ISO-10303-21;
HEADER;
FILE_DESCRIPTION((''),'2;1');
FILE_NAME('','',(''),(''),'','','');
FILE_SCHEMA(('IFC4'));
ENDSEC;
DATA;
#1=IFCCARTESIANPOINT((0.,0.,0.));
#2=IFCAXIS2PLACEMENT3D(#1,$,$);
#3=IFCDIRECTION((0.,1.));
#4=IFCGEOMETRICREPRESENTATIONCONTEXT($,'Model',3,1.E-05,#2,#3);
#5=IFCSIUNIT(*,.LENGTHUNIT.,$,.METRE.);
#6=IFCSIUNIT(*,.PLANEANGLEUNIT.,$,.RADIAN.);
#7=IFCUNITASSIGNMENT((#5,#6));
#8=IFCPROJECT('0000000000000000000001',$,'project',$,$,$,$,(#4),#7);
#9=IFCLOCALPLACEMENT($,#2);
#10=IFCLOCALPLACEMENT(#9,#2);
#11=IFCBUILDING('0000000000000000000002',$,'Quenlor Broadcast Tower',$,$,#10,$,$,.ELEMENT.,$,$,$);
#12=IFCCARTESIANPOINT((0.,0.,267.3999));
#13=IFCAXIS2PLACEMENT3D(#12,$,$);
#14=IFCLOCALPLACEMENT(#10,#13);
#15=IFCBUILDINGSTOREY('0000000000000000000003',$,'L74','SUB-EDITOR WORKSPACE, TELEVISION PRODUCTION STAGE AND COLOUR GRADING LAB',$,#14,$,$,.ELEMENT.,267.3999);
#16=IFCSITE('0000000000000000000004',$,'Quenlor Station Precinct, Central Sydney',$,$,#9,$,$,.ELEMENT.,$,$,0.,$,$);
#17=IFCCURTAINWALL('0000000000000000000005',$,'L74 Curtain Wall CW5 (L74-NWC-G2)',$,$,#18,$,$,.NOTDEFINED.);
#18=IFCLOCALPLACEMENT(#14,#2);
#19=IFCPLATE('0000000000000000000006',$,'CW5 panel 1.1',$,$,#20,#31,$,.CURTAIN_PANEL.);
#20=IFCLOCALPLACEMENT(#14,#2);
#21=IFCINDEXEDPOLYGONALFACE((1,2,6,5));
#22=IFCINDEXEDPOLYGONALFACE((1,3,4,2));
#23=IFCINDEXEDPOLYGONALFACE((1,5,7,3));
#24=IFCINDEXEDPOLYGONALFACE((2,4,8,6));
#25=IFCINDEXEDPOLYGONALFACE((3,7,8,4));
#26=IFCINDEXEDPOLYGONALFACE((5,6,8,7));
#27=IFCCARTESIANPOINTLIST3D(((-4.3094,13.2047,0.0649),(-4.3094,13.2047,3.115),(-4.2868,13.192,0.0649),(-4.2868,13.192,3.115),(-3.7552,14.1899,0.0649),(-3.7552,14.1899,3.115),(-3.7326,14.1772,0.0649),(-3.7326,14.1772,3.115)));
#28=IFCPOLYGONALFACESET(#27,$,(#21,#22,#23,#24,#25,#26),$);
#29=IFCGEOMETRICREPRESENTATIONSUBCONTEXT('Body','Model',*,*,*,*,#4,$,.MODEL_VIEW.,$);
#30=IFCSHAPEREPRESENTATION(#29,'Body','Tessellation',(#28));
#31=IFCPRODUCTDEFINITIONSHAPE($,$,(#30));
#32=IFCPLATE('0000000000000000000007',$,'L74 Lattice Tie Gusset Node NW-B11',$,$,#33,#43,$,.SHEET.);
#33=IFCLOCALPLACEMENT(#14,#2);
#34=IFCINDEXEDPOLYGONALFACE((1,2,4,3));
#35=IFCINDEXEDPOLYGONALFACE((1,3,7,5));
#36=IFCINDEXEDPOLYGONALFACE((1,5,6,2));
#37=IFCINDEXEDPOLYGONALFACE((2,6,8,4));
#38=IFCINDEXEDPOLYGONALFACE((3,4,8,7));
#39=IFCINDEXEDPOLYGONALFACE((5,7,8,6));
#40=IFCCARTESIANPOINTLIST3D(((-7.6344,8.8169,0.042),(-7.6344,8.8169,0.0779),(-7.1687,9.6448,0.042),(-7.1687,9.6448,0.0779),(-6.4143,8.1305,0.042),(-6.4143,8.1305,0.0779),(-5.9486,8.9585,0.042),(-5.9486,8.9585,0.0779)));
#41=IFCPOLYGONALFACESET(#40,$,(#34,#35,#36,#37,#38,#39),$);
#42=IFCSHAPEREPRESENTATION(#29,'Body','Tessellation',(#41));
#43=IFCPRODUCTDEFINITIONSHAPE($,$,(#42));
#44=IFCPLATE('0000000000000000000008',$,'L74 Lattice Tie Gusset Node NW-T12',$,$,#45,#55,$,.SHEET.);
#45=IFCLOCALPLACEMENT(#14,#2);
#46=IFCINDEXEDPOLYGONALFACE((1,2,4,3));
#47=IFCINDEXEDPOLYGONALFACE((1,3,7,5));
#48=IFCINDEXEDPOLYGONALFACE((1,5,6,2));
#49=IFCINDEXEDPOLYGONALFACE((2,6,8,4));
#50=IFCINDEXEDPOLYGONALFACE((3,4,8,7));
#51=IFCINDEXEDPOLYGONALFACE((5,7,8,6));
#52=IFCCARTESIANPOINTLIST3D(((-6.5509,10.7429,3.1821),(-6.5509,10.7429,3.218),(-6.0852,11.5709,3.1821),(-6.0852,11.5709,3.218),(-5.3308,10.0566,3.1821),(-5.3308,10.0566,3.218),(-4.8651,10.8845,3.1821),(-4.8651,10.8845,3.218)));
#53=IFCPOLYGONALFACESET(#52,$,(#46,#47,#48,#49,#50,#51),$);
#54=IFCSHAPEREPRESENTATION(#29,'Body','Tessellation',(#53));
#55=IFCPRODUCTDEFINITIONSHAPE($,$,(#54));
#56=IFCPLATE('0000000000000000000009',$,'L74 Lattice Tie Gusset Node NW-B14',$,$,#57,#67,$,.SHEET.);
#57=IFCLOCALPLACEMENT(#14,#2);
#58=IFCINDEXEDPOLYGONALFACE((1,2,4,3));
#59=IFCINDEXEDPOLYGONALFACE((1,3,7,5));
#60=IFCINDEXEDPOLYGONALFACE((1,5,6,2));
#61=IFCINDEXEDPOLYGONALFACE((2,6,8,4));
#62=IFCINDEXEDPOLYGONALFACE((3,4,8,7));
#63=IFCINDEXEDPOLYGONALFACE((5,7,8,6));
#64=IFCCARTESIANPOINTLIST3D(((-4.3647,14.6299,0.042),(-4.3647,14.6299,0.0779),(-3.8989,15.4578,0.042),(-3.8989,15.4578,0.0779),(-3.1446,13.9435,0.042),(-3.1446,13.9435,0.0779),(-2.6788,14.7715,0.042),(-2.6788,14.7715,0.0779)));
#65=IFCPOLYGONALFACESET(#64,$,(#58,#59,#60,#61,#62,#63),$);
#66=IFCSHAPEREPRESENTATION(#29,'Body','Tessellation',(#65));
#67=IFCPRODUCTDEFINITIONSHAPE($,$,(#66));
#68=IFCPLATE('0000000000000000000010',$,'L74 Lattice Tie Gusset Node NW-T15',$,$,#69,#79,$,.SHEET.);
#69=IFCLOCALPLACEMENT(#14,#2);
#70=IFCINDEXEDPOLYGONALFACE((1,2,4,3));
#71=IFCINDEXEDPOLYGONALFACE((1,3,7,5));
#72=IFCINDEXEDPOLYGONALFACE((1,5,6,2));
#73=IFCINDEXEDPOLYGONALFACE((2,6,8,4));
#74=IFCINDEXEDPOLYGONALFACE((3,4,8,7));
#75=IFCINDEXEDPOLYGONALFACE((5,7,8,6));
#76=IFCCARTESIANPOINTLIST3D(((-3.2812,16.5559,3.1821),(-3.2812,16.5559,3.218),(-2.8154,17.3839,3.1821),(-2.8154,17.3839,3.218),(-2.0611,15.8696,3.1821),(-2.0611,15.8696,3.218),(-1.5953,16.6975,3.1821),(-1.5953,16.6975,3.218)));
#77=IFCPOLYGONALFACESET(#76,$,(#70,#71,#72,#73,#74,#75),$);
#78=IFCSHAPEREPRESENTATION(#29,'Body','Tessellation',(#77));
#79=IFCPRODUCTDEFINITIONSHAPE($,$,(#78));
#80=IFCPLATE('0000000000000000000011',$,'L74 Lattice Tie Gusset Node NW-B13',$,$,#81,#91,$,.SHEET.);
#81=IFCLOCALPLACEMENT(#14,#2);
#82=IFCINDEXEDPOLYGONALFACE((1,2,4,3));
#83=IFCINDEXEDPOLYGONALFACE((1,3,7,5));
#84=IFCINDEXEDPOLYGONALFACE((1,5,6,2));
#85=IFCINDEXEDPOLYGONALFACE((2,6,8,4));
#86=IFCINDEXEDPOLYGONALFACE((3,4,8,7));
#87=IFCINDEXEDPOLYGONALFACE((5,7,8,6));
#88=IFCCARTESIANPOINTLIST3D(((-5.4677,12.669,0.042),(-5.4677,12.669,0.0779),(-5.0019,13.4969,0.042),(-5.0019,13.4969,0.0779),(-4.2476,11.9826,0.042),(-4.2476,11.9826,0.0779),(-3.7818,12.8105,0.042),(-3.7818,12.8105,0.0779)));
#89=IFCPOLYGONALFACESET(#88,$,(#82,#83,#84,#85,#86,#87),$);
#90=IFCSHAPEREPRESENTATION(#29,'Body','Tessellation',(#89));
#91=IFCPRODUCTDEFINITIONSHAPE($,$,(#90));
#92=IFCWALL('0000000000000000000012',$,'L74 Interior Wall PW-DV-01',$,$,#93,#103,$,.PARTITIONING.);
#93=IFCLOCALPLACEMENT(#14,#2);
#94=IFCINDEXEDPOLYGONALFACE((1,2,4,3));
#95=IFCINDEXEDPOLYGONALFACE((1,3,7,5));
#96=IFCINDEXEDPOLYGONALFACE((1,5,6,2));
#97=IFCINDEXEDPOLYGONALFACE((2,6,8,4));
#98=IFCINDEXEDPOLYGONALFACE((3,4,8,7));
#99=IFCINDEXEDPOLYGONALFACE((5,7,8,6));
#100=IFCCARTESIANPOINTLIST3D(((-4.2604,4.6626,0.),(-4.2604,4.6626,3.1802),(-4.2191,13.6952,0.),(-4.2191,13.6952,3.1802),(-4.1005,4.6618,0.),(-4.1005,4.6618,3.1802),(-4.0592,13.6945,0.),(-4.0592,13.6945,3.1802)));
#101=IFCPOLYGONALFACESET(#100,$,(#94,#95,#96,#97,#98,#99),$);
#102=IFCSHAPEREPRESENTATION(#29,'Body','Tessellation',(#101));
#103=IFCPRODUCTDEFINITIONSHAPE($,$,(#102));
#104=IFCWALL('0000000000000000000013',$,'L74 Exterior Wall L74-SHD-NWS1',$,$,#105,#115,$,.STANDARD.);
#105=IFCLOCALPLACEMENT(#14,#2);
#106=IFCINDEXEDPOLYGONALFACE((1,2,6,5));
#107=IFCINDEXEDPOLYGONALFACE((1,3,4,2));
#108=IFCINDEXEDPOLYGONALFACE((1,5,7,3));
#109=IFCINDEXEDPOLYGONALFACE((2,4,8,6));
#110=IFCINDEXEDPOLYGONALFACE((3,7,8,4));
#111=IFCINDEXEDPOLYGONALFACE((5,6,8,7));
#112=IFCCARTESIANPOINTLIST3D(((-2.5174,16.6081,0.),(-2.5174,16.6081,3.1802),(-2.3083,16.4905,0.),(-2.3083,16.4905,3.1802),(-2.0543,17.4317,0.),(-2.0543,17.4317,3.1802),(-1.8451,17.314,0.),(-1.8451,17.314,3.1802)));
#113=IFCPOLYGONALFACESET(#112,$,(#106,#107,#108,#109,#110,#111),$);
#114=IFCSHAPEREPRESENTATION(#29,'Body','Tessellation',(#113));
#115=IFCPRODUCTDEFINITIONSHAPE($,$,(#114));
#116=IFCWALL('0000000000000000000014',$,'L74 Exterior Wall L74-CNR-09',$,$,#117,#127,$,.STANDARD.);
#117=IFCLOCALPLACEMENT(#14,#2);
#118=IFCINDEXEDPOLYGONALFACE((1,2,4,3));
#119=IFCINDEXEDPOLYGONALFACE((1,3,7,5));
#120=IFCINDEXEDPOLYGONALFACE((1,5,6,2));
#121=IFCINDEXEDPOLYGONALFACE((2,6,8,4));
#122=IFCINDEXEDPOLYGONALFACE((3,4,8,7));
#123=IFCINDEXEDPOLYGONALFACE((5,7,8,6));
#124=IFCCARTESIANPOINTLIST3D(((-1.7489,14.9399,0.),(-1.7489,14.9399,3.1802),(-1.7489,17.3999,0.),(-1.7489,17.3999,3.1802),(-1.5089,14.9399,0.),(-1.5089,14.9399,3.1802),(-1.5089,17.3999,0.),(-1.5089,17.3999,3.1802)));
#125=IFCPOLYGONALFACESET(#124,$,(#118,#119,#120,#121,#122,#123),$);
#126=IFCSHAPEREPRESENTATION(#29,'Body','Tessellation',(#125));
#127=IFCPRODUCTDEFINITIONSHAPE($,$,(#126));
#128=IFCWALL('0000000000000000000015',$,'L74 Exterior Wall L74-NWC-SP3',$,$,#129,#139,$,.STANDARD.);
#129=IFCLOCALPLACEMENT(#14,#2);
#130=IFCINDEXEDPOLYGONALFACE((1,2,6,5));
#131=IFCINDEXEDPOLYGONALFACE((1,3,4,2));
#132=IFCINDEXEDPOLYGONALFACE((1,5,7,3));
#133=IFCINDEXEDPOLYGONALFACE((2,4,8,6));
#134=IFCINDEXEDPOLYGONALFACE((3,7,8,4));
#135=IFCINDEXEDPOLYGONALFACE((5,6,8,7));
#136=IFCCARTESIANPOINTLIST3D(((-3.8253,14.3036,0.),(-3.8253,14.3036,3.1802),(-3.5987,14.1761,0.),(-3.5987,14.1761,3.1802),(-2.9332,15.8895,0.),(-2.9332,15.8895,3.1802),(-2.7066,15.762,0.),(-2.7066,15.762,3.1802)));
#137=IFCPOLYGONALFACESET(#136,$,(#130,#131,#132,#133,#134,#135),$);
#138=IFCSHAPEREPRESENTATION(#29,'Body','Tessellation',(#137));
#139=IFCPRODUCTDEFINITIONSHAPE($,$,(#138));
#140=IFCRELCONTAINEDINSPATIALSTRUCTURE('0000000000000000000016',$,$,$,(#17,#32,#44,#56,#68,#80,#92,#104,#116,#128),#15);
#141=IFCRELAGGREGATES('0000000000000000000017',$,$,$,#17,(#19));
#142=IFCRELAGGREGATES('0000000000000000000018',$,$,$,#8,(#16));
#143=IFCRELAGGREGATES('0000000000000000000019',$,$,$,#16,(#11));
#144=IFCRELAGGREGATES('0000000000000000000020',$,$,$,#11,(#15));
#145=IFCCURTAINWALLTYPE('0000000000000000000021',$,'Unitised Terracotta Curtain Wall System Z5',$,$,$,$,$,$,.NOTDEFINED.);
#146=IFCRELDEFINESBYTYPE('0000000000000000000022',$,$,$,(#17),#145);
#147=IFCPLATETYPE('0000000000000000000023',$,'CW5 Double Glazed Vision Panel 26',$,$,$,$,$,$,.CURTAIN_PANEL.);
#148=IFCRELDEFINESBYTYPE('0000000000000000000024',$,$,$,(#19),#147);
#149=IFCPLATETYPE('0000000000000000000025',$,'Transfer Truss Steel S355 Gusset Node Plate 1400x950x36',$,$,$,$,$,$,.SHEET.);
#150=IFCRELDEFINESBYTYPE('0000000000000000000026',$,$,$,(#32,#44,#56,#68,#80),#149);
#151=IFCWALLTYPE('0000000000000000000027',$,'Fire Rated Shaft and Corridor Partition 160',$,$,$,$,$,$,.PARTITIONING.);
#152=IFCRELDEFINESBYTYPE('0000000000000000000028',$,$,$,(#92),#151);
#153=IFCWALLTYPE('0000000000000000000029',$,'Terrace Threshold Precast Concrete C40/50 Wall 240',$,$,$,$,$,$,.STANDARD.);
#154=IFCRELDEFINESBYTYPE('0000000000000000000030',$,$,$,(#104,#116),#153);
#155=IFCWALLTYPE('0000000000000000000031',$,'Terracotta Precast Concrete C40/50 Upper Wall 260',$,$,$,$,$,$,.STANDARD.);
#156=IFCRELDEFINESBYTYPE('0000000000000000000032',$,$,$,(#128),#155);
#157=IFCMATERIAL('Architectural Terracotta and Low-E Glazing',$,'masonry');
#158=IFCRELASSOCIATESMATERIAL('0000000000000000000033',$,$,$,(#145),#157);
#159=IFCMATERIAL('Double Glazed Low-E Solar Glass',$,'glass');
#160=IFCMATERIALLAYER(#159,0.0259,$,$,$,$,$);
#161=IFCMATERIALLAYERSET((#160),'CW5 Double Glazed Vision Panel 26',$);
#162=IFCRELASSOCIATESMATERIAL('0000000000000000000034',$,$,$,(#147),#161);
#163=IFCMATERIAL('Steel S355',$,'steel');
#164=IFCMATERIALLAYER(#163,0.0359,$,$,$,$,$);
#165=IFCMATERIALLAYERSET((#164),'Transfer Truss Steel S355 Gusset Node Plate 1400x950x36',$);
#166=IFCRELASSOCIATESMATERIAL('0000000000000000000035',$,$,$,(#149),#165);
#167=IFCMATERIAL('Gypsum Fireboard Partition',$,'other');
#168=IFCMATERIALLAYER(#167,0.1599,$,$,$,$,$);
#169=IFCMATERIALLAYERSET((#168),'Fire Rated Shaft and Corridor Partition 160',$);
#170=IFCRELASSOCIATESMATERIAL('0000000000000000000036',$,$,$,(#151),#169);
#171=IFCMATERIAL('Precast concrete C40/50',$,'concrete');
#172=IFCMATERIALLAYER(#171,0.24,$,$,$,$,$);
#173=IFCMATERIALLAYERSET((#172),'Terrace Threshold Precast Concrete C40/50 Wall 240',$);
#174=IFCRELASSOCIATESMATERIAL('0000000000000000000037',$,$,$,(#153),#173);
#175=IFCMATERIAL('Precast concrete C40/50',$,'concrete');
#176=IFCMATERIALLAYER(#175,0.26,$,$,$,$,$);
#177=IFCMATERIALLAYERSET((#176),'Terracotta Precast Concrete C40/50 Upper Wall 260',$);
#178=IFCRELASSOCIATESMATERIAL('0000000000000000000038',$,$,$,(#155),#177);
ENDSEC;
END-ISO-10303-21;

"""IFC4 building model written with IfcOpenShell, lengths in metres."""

from ifc_helpers import new_model, si_unit, direction, frame, frame_2d, origin, origin_2d, place, context, subcontext, project, spatial, rectangle, extrude, material, layer, layer_set, type_object, element, aggregate, save


model = new_model("IFC4")

# Units and contexts
model_context = context("Model", 3, precision=1e-05, world=origin(), true_north=direction((0.0, 1.0)))
body_context = subcontext(model_context, "Body", "Model", "MODEL_VIEW")
ifc_project = project(units=[si_unit("LENGTHUNIT", "METRE"), si_unit("PLANEANGLEUNIT", "RADIAN")], contexts=[model_context])

# Site, building, storey
site_placement = place(None, origin())
site = spatial("IfcSite", under=ifc_project, at=site_placement, Name="Quenlor Station Precinct, Central Sydney", CompositionType="ELEMENT", RefElevation=0.0)
building_placement = place(site_placement, origin())
building = spatial("IfcBuilding", under=site, at=building_placement, Name="Quenlor Broadcast Tower", CompositionType="ELEMENT")
storey_placement = place(building_placement, frame((0.0, 0.0, 267.3999)))
storey = spatial("IfcBuildingStorey", under=building, at=storey_placement, Name="L74", Description="SUB-EDITOR WORKSPACE, TELEVISION PRODUCTION STAGE AND COLOUR GRADING LAB", CompositionType="ELEMENT", Elevation=267.3999)

# Curtain wall
ifc_material_1 = material(Name="Architectural Terracotta and Low-E Glazing", Category="masonry")
curtain_wall_type = type_object("IfcCurtainWallType", Name="Unitised Terracotta Curtain Wall System Z5", PredefinedType="NOTDEFINED", material=ifc_material_1)
curtain_wall_placement = place(storey_placement, origin())
curtain_wall = element("IfcCurtainWall", 1, at=curtain_wall_placement, inside=storey, type_object=curtain_wall_type, Name="L74 Curtain Wall CW5 (L74-NWC-G2)", PredefinedType="NOTDEFINED")

# Plate
ifc_material_2 = material(Name="Double Glazed Low-E Solar Glass", Category="glass")
ifc_layer_1 = layer(ifc_material_2, 0.0259)
ifc_layer_set_1 = layer_set([ifc_layer_1], Name="CW5 Double Glazed Vision Panel 26")
plate_type_1 = type_object("IfcPlateType", Name="CW5 Double Glazed Vision Panel 26", PredefinedType="CURTAIN_PANEL", material=ifc_layer_set_1)
plate_placement = place(storey_placement, frame((-4.021, 13.6909, 0.0649), z_axis=(0.0, 0.0, 1.0), x_axis=(0.490291, 0.871559, 0.0)))
plate = element("IfcPlate", 2, at=plate_placement, type_object=plate_type_1, Name="CW5 panel 1.1", PredefinedType="CURTAIN_PANEL", context=body_context, shape_type="SweptSolid", body=[
    extrude(rectangle(XDim=1.1304, YDim=0.0259, at=origin_2d()), origin(), (0.0, 0.0, 1.0), 3.05),
])
aggregate(curtain_wall, [plate])

# Plates
ifc_material_3 = material(Name="Steel S355", Category="steel")
ifc_layer_2 = layer(ifc_material_3, 0.0359)
ifc_layer_set_2 = layer_set([ifc_layer_2], Name="Transfer Truss Steel S355 Gusset Node Plate 1400x950x36")
plate_type_2 = type_object("IfcPlateType", Name="Transfer Truss Steel S355 Gusset Node Plate 1400x950x36", PredefinedType="SHEET", material=ifc_layer_set_2)
for number, where, z_axis, x_axis, name in (
    (3, (-6.7915, 8.8877, 0.042), (0.0, 0.0, 1.0), (-0.871556, 0.490295, 0.0), "L74 Lattice Tie Gusset Node NW-B11"),
    (4, (-5.708, 10.8137, 3.1821), (0.0, 0.0, 1.0), (-0.871556, 0.490295, 0.0), "L74 Lattice Tie Gusset Node NW-T12"),
    (5, (-3.5217, 14.7007, 0.042), (0.0, 0.0, 1.0), (-0.871556, 0.490295, 0.0), "L74 Lattice Tie Gusset Node NW-B14"),
    (6, (-2.4382, 16.6267, 3.1821), (0.0, 0.0, 1.0), (-0.871556, 0.490295, 0.0), "L74 Lattice Tie Gusset Node NW-T15"),
    (7, (-4.6248, 12.7397, 0.042), (0.0, 0.0, 1.0), (-0.871556, 0.490295, 0.0), "L74 Lattice Tie Gusset Node NW-B13"),
):
    element("IfcPlate", number, at=place(storey_placement, frame(where, z_axis=z_axis, x_axis=x_axis)), inside=storey, type_object=plate_type_2, Name=name, PredefinedType="SHEET", context=body_context, shape_type="SweptSolid", body=[
        extrude(rectangle(XDim=1.3999, YDim=0.95, at=origin_2d()), origin(), (0.0, 0.0, 1.0), 0.0359),
    ])

# Walls
ifc_material_4 = material(Name="Gypsum Fireboard Partition", Category="other")
ifc_layer_3 = layer(ifc_material_4, 0.1599)
ifc_layer_set_3 = layer_set([ifc_layer_3], Name="Fire Rated Shaft and Corridor Partition 160")
wall_type_1 = type_object("IfcWallType", Name="Fire Rated Shaft and Corridor Partition 160", PredefinedType="PARTITIONING", material=ifc_layer_set_3)
wall_1_placement = place(storey_placement, frame((-4.1392, 13.6948, 0.0), z_axis=(0.0, 0.0, 1.0), x_axis=(-0.004568, -0.99999, 0.0)))
element("IfcWall", 8, at=wall_1_placement, inside=storey, type_object=wall_type_1, Name="L74 Interior Wall PW-DV-01", PredefinedType="PARTITIONING", context=body_context, shape_type="SweptSolid", body=[
    extrude(rectangle(XDim=9.0327, YDim=0.1599, at=frame_2d((4.5164, 0.0))), origin(), (0.0, 0.0, 1.0), 3.1802),
])
ifc_material_5 = material(Name="Precast concrete C40/50", Category="concrete")
ifc_layer_4 = layer(ifc_material_5, 0.24)
ifc_layer_set_4 = layer_set([ifc_layer_4], Name="Terrace Threshold Precast Concrete C40/50 Wall 240")
wall_type_2 = type_object("IfcWallType", Name="Terrace Threshold Precast Concrete C40/50 Wall 240", PredefinedType="STANDARD", material=ifc_layer_set_4)
wall_2_placement = place(storey_placement, frame((-2.4128, 16.5493, 0.0), z_axis=(0.0, 0.0, 1.0), x_axis=(0.4902, 0.87161, 0.0)))
element("IfcWall", 9, at=wall_2_placement, inside=storey, type_object=wall_type_2, Name="L74 Exterior Wall L74-SHD-NWS1", PredefinedType="STANDARD", context=body_context, shape_type="SweptSolid", body=[
    extrude(rectangle(XDim=0.9448, YDim=0.24, at=frame_2d((0.4724, 0.0))), origin(), (0.0, 0.0, 1.0), 3.1802),
])
wall_3_placement = place(storey_placement, frame((-1.6289, 14.9399, 0.0), z_axis=(0.0, 0.0, 1.0), x_axis=(0.0, 1.0, 0.0)))
element("IfcWall", 10, at=wall_3_placement, inside=storey, type_object=wall_type_2, Name="L74 Exterior Wall L74-CNR-09", PredefinedType="STANDARD", context=body_context, shape_type="SweptSolid", body=[
    extrude(rectangle(XDim=2.46, YDim=0.24, at=frame_2d((1.23, 0.0))), origin(), (0.0, 0.0, 1.0), 3.1802),
])
ifc_material_6 = material(Name="Precast concrete C40/50", Category="concrete")
ifc_layer_5 = layer(ifc_material_6, 0.26)
ifc_layer_set_5 = layer_set([ifc_layer_5], Name="Terracotta Precast Concrete C40/50 Upper Wall 260")
wall_type_3 = type_object("IfcWallType", Name="Terracotta Precast Concrete C40/50 Upper Wall 260", PredefinedType="STANDARD", material=ifc_layer_set_5)
wall_4_placement = place(storey_placement, frame((-3.7119, 14.24, 0.0), z_axis=(0.0, 0.0, 1.0), x_axis=(0.490261, 0.871576, 0.0)))
element("IfcWall", 11, at=wall_4_placement, inside=storey, type_object=wall_type_3, Name="L74 Exterior Wall L74-NWC-SP3", PredefinedType="STANDARD", context=body_context, shape_type="SweptSolid", body=[
    extrude(rectangle(XDim=1.8196, YDim=0.26, at=frame_2d((0.9097, 0.0))), origin(), (0.0, 0.0, 1.0), 3.1802),
])

save(model, "model.ifc")
